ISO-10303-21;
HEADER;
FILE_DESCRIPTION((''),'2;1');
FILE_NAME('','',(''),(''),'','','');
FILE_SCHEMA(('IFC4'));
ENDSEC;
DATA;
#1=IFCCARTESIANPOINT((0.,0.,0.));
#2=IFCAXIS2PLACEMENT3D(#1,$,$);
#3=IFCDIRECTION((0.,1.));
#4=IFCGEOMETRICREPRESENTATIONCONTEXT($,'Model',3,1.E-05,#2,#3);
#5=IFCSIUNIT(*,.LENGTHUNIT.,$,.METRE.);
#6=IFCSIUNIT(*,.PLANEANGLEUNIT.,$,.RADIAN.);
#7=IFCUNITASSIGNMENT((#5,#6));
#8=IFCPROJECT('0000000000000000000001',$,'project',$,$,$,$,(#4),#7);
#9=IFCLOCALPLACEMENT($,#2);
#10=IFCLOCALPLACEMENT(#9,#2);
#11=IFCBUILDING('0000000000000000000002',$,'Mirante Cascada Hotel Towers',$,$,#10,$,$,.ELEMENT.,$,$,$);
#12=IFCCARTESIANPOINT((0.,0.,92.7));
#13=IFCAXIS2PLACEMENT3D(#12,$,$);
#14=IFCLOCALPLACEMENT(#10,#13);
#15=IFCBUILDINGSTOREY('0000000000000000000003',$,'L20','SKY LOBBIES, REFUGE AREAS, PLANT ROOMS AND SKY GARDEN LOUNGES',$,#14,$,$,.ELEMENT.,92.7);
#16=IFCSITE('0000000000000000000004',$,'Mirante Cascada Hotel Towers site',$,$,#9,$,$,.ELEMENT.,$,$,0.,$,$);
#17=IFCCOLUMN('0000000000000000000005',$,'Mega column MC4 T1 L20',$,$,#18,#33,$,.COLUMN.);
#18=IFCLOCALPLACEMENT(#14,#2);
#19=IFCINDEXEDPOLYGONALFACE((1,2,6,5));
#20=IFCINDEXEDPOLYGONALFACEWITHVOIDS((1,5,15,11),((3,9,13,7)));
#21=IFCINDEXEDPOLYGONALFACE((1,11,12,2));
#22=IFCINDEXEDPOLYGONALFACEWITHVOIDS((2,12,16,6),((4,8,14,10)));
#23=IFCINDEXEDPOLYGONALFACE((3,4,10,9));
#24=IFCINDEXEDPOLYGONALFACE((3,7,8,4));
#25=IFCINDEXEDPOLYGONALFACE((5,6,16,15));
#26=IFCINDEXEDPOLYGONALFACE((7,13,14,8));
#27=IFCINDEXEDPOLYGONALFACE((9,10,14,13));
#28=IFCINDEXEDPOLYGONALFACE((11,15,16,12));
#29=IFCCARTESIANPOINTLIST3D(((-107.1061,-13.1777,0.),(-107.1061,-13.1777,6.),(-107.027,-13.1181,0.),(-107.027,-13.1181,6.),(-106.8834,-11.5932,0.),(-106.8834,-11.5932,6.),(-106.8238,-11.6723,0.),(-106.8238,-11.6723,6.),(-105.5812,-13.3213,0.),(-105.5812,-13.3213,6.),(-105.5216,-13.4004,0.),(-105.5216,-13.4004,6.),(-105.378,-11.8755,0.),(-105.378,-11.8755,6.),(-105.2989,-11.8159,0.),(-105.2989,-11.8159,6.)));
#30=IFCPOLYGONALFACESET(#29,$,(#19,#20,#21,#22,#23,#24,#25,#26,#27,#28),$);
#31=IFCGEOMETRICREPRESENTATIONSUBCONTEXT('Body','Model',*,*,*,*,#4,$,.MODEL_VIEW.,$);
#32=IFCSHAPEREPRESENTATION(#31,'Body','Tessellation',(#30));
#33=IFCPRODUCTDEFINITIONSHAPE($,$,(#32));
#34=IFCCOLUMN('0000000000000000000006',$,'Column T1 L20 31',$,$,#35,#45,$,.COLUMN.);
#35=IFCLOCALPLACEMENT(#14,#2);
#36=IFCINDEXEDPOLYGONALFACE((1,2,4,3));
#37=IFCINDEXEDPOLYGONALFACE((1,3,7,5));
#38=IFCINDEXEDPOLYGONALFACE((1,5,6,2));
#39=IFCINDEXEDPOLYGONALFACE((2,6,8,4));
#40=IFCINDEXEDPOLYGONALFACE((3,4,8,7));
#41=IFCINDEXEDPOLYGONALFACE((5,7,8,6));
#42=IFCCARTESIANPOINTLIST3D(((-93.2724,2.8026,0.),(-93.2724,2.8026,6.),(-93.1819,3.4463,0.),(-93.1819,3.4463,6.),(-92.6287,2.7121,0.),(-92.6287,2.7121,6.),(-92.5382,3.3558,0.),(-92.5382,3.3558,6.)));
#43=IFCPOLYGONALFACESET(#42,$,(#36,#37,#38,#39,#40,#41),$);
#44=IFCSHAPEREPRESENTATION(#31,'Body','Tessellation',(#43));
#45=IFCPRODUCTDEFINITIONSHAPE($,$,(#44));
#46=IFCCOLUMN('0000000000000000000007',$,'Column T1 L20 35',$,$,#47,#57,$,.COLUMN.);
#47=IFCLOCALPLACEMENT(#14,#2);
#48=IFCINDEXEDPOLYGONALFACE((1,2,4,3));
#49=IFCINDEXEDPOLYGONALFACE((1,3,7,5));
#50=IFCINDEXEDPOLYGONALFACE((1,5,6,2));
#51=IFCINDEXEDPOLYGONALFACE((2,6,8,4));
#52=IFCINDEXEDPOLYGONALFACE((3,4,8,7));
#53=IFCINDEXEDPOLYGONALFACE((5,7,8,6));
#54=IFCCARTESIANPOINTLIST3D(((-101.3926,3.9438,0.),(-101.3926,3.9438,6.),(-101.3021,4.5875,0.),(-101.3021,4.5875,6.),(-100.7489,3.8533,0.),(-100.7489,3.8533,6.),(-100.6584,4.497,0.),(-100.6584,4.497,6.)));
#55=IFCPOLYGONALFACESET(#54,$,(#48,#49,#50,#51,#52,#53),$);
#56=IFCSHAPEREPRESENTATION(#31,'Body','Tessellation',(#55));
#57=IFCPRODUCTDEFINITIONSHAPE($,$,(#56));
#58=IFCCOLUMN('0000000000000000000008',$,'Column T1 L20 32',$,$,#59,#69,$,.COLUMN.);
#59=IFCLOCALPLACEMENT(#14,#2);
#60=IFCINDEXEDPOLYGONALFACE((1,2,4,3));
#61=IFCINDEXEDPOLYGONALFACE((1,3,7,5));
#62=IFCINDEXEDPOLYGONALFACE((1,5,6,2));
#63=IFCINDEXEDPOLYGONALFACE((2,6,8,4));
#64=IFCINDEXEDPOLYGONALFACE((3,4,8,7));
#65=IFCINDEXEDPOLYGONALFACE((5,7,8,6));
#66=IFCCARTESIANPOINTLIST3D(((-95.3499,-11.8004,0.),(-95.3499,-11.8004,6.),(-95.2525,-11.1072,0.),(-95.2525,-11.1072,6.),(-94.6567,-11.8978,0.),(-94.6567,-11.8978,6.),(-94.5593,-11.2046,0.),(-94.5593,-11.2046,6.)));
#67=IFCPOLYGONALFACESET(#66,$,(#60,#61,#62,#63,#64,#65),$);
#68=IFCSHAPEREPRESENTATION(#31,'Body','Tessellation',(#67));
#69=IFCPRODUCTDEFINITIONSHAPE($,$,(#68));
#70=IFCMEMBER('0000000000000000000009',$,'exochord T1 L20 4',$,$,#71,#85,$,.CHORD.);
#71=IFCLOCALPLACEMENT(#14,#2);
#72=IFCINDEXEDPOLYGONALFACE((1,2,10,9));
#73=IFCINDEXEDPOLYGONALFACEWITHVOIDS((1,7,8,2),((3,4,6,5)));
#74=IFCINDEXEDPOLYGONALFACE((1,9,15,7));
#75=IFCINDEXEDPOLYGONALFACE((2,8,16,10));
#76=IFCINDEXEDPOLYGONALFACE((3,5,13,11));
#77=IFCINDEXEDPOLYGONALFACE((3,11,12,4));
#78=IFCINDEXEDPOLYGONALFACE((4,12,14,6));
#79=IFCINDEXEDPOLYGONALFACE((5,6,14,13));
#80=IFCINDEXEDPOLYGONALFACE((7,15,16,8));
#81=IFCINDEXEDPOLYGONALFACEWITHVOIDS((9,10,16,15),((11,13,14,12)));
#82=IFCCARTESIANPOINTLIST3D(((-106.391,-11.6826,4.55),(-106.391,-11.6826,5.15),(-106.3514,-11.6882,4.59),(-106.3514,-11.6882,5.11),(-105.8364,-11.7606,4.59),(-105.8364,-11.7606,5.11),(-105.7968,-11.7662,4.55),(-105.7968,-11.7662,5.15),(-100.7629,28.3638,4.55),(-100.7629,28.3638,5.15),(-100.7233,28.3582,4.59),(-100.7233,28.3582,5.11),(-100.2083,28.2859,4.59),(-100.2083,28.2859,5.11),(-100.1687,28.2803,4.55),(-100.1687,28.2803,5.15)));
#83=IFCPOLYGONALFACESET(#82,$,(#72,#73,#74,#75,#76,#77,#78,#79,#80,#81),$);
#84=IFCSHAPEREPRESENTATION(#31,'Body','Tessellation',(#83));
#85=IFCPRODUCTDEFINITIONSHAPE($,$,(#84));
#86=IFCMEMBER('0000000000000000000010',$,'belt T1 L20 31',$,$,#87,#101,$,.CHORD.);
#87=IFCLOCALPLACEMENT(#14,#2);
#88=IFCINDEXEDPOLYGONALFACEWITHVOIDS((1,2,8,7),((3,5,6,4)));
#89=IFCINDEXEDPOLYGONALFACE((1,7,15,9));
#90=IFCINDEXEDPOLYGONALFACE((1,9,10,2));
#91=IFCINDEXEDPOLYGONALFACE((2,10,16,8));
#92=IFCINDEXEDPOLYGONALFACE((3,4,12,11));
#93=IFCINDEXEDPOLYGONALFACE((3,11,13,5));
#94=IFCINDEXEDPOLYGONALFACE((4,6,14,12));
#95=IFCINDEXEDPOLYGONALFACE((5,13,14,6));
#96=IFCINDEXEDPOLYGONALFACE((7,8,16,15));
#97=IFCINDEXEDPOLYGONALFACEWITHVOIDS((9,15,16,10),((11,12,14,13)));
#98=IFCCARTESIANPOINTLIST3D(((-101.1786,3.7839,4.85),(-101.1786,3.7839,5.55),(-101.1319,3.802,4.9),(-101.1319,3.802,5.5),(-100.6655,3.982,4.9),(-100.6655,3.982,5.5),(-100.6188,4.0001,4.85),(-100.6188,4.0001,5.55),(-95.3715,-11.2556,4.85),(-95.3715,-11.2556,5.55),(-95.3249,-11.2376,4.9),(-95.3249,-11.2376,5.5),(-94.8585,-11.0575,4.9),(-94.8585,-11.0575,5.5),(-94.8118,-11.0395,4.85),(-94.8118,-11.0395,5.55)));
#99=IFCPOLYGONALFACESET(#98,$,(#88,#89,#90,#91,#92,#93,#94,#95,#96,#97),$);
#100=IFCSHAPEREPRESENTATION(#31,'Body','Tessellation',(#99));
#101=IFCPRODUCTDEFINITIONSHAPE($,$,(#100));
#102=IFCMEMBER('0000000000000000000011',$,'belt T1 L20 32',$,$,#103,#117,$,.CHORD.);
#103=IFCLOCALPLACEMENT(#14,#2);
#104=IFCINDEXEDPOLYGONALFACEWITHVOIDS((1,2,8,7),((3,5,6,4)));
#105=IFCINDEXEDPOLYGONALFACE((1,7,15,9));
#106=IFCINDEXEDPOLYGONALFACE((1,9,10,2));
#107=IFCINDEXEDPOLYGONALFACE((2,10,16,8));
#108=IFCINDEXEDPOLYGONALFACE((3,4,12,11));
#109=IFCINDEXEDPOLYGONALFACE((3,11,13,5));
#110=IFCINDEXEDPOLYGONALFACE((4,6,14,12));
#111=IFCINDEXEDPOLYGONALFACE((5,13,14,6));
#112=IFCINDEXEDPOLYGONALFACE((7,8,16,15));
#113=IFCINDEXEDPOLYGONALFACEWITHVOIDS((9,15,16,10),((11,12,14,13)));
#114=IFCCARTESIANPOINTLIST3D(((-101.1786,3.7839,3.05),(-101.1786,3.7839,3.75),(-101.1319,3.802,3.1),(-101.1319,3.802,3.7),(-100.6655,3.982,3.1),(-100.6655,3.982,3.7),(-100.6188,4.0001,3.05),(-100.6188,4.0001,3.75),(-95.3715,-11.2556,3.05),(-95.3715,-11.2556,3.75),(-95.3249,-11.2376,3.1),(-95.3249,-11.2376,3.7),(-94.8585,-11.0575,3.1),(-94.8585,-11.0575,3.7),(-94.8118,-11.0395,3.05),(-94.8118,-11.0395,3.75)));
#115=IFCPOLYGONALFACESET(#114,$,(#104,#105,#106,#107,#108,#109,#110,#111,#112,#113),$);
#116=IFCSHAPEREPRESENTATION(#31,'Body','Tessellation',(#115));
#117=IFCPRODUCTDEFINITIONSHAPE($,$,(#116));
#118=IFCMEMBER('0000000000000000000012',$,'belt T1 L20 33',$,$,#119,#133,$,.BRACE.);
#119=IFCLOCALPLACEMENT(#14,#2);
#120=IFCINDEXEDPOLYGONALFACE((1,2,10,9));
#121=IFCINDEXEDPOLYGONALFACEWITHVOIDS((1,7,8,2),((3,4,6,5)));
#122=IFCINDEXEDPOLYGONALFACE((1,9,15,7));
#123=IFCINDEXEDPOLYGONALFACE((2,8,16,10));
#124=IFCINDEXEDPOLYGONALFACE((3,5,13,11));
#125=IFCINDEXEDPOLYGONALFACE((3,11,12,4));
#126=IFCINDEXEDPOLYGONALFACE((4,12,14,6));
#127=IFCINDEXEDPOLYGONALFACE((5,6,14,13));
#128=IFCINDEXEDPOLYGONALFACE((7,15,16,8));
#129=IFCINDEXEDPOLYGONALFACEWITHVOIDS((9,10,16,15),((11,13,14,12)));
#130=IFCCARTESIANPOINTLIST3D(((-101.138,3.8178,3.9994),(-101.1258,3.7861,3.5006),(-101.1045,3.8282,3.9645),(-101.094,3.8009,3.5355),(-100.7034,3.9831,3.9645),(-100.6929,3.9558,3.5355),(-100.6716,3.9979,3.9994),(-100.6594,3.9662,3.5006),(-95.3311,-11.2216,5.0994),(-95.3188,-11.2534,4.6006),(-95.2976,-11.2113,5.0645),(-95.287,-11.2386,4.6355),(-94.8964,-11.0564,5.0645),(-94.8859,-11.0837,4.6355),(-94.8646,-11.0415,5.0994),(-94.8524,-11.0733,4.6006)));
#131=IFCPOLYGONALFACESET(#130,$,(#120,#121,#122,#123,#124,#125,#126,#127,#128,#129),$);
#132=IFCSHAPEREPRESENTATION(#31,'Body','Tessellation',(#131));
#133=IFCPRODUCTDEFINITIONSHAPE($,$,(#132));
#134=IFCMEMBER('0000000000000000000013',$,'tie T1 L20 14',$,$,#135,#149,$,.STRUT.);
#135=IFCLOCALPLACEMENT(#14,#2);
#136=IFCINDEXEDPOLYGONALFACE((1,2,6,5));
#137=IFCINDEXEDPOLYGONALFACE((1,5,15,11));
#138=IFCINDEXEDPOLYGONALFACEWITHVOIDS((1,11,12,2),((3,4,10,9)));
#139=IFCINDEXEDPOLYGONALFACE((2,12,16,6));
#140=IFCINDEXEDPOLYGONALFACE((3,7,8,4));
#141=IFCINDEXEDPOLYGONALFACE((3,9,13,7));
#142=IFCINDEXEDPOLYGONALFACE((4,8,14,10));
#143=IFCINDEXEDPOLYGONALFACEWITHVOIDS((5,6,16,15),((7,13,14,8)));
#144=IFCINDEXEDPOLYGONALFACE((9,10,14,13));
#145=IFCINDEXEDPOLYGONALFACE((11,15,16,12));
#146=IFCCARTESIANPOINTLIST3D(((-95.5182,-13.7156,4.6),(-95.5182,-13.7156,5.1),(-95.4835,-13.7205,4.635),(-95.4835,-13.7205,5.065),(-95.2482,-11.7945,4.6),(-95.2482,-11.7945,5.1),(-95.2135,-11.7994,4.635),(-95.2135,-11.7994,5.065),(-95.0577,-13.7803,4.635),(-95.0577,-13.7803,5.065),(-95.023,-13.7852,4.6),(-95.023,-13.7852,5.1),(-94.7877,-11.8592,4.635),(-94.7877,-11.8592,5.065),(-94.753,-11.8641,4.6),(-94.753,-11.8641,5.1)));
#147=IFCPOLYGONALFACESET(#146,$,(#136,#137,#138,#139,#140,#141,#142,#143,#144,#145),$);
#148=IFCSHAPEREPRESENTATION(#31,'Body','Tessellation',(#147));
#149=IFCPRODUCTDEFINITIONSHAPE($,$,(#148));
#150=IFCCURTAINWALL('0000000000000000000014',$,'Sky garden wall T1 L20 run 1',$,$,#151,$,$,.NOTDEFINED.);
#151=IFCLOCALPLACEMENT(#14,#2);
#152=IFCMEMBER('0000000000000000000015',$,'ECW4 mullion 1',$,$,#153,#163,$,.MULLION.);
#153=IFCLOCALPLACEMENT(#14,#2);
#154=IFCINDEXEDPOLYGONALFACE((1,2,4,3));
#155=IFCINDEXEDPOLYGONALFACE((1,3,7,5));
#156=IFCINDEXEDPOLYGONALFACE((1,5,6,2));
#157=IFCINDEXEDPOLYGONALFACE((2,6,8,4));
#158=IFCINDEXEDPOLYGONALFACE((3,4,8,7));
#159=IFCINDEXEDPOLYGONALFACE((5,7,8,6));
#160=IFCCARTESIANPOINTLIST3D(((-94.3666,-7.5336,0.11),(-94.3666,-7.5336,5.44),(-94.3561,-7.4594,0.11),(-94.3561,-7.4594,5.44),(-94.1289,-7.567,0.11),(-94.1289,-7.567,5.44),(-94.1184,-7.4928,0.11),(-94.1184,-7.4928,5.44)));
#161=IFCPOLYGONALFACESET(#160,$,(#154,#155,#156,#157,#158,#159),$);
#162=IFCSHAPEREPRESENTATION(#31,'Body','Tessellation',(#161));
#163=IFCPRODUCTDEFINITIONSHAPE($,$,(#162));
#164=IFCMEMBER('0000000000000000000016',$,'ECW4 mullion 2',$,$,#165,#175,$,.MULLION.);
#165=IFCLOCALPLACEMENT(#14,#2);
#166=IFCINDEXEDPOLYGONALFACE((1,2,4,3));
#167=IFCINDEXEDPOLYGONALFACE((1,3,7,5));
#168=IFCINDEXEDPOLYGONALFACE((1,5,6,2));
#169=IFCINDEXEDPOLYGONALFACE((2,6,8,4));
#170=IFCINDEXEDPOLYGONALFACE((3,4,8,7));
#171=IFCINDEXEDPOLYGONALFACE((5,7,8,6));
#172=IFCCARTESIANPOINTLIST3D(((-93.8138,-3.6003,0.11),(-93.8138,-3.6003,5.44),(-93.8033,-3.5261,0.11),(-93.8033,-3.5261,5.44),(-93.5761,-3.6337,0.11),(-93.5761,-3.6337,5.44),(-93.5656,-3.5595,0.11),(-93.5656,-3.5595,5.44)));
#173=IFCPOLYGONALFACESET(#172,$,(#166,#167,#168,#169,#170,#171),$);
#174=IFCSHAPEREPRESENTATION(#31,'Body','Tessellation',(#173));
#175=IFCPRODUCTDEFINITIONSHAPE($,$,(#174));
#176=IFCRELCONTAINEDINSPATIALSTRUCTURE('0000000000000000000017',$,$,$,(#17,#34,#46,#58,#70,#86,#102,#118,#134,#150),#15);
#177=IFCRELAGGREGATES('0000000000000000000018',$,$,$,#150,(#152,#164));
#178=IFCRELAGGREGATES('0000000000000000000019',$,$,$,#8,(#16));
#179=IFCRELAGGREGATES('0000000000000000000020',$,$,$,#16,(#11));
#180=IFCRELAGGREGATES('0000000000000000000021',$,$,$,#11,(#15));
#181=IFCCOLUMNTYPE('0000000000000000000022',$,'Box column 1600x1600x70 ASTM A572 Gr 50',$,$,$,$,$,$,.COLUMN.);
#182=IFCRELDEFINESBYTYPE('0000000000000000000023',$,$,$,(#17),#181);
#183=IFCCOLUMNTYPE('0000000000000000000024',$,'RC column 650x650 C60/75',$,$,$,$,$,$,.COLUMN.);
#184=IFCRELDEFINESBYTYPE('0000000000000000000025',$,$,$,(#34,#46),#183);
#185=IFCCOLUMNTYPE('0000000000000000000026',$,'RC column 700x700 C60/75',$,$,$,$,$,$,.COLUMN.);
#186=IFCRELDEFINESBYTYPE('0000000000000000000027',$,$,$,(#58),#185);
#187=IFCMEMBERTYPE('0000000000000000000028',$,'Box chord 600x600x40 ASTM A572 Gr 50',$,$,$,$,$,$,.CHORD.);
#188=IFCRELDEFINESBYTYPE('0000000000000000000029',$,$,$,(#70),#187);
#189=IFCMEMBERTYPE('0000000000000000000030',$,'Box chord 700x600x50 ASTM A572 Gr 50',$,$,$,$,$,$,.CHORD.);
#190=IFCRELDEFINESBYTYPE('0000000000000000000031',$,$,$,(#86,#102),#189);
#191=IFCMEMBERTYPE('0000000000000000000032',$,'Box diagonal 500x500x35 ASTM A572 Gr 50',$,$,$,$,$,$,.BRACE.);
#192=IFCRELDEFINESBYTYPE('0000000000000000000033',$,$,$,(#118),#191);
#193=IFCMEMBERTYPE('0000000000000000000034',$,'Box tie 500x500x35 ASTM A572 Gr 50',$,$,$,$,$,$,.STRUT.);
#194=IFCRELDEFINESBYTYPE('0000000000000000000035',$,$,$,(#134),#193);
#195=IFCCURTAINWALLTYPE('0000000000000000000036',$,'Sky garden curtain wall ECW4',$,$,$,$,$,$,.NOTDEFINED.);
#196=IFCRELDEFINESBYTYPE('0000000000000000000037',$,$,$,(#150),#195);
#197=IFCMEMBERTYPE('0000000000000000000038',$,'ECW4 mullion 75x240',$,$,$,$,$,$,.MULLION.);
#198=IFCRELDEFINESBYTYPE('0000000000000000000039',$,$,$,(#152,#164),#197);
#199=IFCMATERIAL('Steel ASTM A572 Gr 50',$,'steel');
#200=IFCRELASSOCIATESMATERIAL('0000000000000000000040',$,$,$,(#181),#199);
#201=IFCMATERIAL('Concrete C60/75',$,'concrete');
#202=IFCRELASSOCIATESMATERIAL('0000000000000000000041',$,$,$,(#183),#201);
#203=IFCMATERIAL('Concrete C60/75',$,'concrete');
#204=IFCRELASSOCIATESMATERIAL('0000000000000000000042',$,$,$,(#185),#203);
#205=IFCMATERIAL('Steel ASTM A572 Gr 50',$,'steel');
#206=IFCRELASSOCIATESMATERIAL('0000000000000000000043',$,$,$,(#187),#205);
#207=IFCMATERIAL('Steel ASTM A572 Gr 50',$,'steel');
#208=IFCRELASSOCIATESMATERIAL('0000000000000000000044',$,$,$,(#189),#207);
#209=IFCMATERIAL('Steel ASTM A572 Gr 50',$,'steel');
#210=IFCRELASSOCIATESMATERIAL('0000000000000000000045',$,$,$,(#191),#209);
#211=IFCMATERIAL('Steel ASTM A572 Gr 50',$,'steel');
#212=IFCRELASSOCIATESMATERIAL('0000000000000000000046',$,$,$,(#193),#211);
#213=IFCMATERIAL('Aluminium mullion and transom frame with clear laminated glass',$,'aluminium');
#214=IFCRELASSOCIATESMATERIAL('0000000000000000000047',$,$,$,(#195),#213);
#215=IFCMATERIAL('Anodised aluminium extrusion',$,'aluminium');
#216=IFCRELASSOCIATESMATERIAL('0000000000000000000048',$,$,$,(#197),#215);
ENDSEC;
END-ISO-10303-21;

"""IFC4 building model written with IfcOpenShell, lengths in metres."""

from ifc_helpers import new_model, si_unit, direction, frame, origin, origin_2d, place, context, subcontext, project, spatial, rectangle, hollow_rectangle, extrude, material, material_profile, profile_set, type_object, element, aggregate, save


model = new_model("IFC4")

# Units and contexts
model_context = context("Model", 3, precision=1e-05, world=origin(), true_north=direction((0.0, 1.0)))
body_context = subcontext(model_context, "Body", "Model", "MODEL_VIEW")
ifc_project = project(units=[si_unit("LENGTHUNIT", "METRE"), si_unit("PLANEANGLEUNIT", "RADIAN")], contexts=[model_context])

# Site, building, storey
site_placement = place(None, origin())
site = spatial("IfcSite", under=ifc_project, at=site_placement, Name="Mirante Cascada Hotel Towers site", CompositionType="ELEMENT", RefElevation=0.0)
building_placement = place(site_placement, origin())
building = spatial("IfcBuilding", under=site, at=building_placement, Name="Mirante Cascada Hotel Towers", CompositionType="ELEMENT")
storey_placement = place(building_placement, frame((0.0, 0.0, 92.7)))
storey = spatial("IfcBuildingStorey", under=building, at=storey_placement, Name="L20", Description="SKY LOBBIES, REFUGE AREAS, PLANT ROOMS AND SKY GARDEN LOUNGES", CompositionType="ELEMENT", Elevation=92.7)

# Columns
ifc_material_1 = material(Name="Steel ASTM A572 Gr 50", Category="steel")
ifc_material_profile_1 = material_profile(ifc_material_1, hollow_rectangle(XDim=1.6, YDim=1.6, WallThickness=0.07, at=origin_2d()), Name="Box column 1600x1600x70 ASTM A572 Gr 50")
ifc_profile_set_1 = profile_set([ifc_material_profile_1], Name="Steel ASTM A572 Gr 50")
column_type_1 = type_object("IfcColumnType", Name="Box column 1600x1600x70 ASTM A572 Gr 50", PredefinedType="COLUMN", material=ifc_profile_set_1)
column_1_placement = place(storey_placement, frame((-106.2025, -12.4968, 0.0), z_axis=(0.0, 0.0, 1.0), x_axis=(-0.990268, 0.139173, 0.0)))
element("IfcColumn", 1, at=column_1_placement, inside=storey, type_object=column_type_1, Name="Mega column MC4 T1 L20", PredefinedType="COLUMN", context=body_context, shape_type="SweptSolid", body=[
    extrude(hollow_rectangle(XDim=1.6, YDim=1.6, WallThickness=0.07, at=origin_2d()), origin(), (0.0, 0.0, 1.0), 6.0),
])
ifc_material_2 = material(Name="Concrete C60/75", Category="concrete")
ifc_material_profile_2 = material_profile(ifc_material_2, rectangle(XDim=0.65, YDim=0.65, at=origin_2d()), Name="RC column 650x650 C60/75")
ifc_profile_set_2 = profile_set([ifc_material_profile_2], Name="Concrete C60/75")
column_type_2 = type_object("IfcColumnType", Name="RC column 650x650 C60/75", PredefinedType="COLUMN", material=ifc_profile_set_2)
for number, where, z_axis, x_axis, name in (
    (2, (-92.9053, 3.0792, 0.0), (0.0, 0.0, 1.0), (-0.990268, 0.139173, 0.0), "Column T1 L20 31"),
    (3, (-101.0255, 4.2204, 0.0), (0.0, 0.0, 1.0), (-0.990268, 0.139173, 0.0), "Column T1 L20 35"),
):
    element("IfcColumn", number, at=place(storey_placement, frame(where, z_axis=z_axis, x_axis=x_axis)), inside=storey, type_object=column_type_2, Name=name, PredefinedType="COLUMN", context=body_context, shape_type="SweptSolid", body=[
        extrude(rectangle(XDim=0.65, YDim=0.65, at=origin_2d()), origin(), (0.0, 0.0, 1.0), 6.0),
    ])
ifc_material_3 = material(Name="Concrete C60/75", Category="concrete")
ifc_material_profile_3 = material_profile(ifc_material_3, rectangle(XDim=0.7, YDim=0.7, at=origin_2d()), Name="RC column 700x700 C60/75")
ifc_profile_set_3 = profile_set([ifc_material_profile_3], Name="Concrete C60/75")
column_type_3 = type_object("IfcColumnType", Name="RC column 700x700 C60/75", PredefinedType="COLUMN", material=ifc_profile_set_3)
column_2_placement = place(storey_placement, frame((-94.9546, -11.5025, 0.0), z_axis=(0.0, 0.0, 1.0), x_axis=(-0.990268, 0.139173, 0.0)))
element("IfcColumn", 4, at=column_2_placement, inside=storey, type_object=column_type_3, Name="Column T1 L20 32", PredefinedType="COLUMN", context=body_context, shape_type="SweptSolid", body=[
    extrude(rectangle(XDim=0.7, YDim=0.7, at=origin_2d()), origin(), (0.0, 0.0, 1.0), 6.0),
])

# Members
ifc_material_4 = material(Name="Steel ASTM A572 Gr 50", Category="steel")
ifc_material_profile_4 = material_profile(ifc_material_4, hollow_rectangle(XDim=0.6, YDim=0.6, WallThickness=0.04, at=origin_2d()), Name="Box chord 600x600x40 ASTM A572 Gr 50")
ifc_profile_set_4 = profile_set([ifc_material_profile_4], Name="Steel ASTM A572 Gr 50")
member_type_1 = type_object("IfcMemberType", Name="Box chord 600x600x40 ASTM A572 Gr 50", PredefinedType="CHORD", material=ifc_profile_set_4)
member_1_placement = place(storey_placement, frame((-106.0939, -11.7244, 4.85), z_axis=(0.139172, 0.990268, 0.0), x_axis=(-0.990268, 0.139172, 0.0)))
element("IfcMember", 5, at=member_1_placement, inside=storey, type_object=member_type_1, Name="exochord T1 L20 4", PredefinedType="CHORD", context=body_context, shape_type="SweptSolid", body=[
    extrude(hollow_rectangle(XDim=0.6, YDim=0.6, WallThickness=0.04, at=origin_2d()), origin(), (0.0, 0.0, 1.0), 40.44),
])
ifc_material_5 = material(Name="Steel ASTM A572 Gr 50", Category="steel")
ifc_material_profile_5 = material_profile(ifc_material_5, hollow_rectangle(XDim=0.6, YDim=0.7, WallThickness=0.05, at=origin_2d()), Name="Box chord 700x600x50 ASTM A572 Gr 50")
ifc_profile_set_5 = profile_set([ifc_material_profile_5], Name="Steel ASTM A572 Gr 50")
member_type_2 = type_object("IfcMemberType", Name="Box chord 700x600x50 ASTM A572 Gr 50", PredefinedType="CHORD", material=ifc_profile_set_5)
for number, where, z_axis, x_axis, name in (
    (6, (-100.8987, 3.892, 5.2), (0.360199, -0.932876, 0.0), (0.932876, 0.360199, 0.0), "belt T1 L20 31"),
    (7, (-100.8987, 3.892, 3.4), (0.360199, -0.932876, 0.0), (0.932876, 0.360199, 0.0), "belt T1 L20 32"),
):
    element("IfcMember", number, at=place(storey_placement, frame(where, z_axis=z_axis, x_axis=x_axis)), inside=storey, type_object=member_type_2, Name=name, PredefinedType="CHORD", context=body_context, shape_type="SweptSolid", body=[
        extrude(hollow_rectangle(XDim=0.6, YDim=0.7, WallThickness=0.05, at=origin_2d()), origin(), (0.0, 0.0, 1.0), 16.1217),
    ])
ifc_material_6 = material(Name="Steel ASTM A572 Gr 50", Category="steel")
ifc_material_profile_6 = material_profile(ifc_material_6, hollow_rectangle(XDim=0.5, YDim=0.5, WallThickness=0.035, at=origin_2d()), Name="Box diagonal 500x500x35 ASTM A572 Gr 50")
ifc_profile_set_6 = profile_set([ifc_material_profile_6], Name="Steel ASTM A572 Gr 50")
member_type_3 = type_object("IfcMemberType", Name="Box diagonal 500x500x35 ASTM A572 Gr 50", PredefinedType="BRACE", material=ifc_profile_set_6)
member_2_placement = place(storey_placement, frame((-100.8987, 3.892, 3.75), z_axis=(0.359363, -0.930712, 0.068073), x_axis=(0.932876, 0.360199, 0.0)))
element("IfcMember", 8, at=member_2_placement, inside=storey, type_object=member_type_3, Name="belt T1 L20 33", PredefinedType="BRACE", context=body_context, shape_type="SweptSolid", body=[
    extrude(hollow_rectangle(XDim=0.5, YDim=0.5, WallThickness=0.035, at=origin_2d()), origin(), (0.0, 0.0, 1.0), 16.1591),
])
ifc_material_7 = material(Name="Steel ASTM A572 Gr 50", Category="steel")
ifc_material_profile_7 = material_profile(ifc_material_7, hollow_rectangle(XDim=0.5, YDim=0.5, WallThickness=0.035, at=origin_2d()), Name="Box tie 500x500x35 ASTM A572 Gr 50")
ifc_profile_set_7 = profile_set([ifc_material_profile_7], Name="Steel ASTM A572 Gr 50")
member_type_4 = type_object("IfcMemberType", Name="Box tie 500x500x35 ASTM A572 Gr 50", PredefinedType="STRUT", material=ifc_profile_set_7)
member_3_placement = place(storey_placement, frame((-95.0006, -11.8293, 4.85), z_axis=(-0.139177, -0.990268, 0.0), x_axis=(0.990268, -0.139177, 0.0)))
element("IfcMember", 9, at=member_3_placement, inside=storey, type_object=member_type_4, Name="tie T1 L20 14", PredefinedType="STRUT", context=body_context, shape_type="SweptSolid", body=[
    extrude(hollow_rectangle(XDim=0.5, YDim=0.5, WallThickness=0.035, at=origin_2d()), origin(), (0.0, 0.0, 1.0), 1.94),
])

# Curtain wall, members
ifc_material_8 = material(Name="Aluminium mullion and transom frame with clear laminated glass", Category="aluminium")
curtain_wall_type = type_object("IfcCurtainWallType", Name="Sky garden curtain wall ECW4", PredefinedType="NOTDEFINED", material=ifc_material_8)
curtain_wall_placement = place(storey_placement, origin())
curtain_wall = element("IfcCurtainWall", 10, at=curtain_wall_placement, inside=storey, type_object=curtain_wall_type, Name="Sky garden wall T1 L20 run 1", PredefinedType="NOTDEFINED")
ifc_material_9 = material(Name="Anodised aluminium extrusion", Category="aluminium")
ifc_material_profile_8 = material_profile(ifc_material_9, rectangle(XDim=0.24, YDim=0.075, at=origin_2d()), Name="ECW4 MULLION 75x240")
ifc_profile_set_8 = profile_set([ifc_material_profile_8], Name="Anodised aluminium extrusion")
member_type_5 = type_object("IfcMemberType", Name="ECW4 mullion 75x240", PredefinedType="MULLION", material=ifc_profile_set_8)
member_4_placement = place(storey_placement, frame((-94.2425, -7.5132, 0.11), z_axis=(0.0, 0.0, 1.0), x_axis=(-0.990268, 0.139173, 0.0)))
member_4 = element("IfcMember", 11, at=member_4_placement, type_object=member_type_5, Name="ECW4 mullion 1", PredefinedType="MULLION", context=body_context, shape_type="SweptSolid", body=[
    extrude(rectangle(XDim=0.24, YDim=0.075, at=origin_2d()), origin(), (0.0, 0.0, 1.0), 5.33),
])
member_5_placement = place(storey_placement, frame((-93.6897, -3.5799, 0.11), z_axis=(0.0, 0.0, 1.0), x_axis=(-0.990268, 0.139173, 0.0)))
member_5 = element("IfcMember", 12, at=member_5_placement, type_object=member_type_5, Name="ECW4 mullion 2", PredefinedType="MULLION", context=body_context, shape_type="SweptSolid", body=[
    extrude(rectangle(XDim=0.24, YDim=0.075, at=origin_2d()), origin(), (0.0, 0.0, 1.0), 5.33),
])
aggregate(curtain_wall, [member_4, member_5])

save(model, "model.ifc")
